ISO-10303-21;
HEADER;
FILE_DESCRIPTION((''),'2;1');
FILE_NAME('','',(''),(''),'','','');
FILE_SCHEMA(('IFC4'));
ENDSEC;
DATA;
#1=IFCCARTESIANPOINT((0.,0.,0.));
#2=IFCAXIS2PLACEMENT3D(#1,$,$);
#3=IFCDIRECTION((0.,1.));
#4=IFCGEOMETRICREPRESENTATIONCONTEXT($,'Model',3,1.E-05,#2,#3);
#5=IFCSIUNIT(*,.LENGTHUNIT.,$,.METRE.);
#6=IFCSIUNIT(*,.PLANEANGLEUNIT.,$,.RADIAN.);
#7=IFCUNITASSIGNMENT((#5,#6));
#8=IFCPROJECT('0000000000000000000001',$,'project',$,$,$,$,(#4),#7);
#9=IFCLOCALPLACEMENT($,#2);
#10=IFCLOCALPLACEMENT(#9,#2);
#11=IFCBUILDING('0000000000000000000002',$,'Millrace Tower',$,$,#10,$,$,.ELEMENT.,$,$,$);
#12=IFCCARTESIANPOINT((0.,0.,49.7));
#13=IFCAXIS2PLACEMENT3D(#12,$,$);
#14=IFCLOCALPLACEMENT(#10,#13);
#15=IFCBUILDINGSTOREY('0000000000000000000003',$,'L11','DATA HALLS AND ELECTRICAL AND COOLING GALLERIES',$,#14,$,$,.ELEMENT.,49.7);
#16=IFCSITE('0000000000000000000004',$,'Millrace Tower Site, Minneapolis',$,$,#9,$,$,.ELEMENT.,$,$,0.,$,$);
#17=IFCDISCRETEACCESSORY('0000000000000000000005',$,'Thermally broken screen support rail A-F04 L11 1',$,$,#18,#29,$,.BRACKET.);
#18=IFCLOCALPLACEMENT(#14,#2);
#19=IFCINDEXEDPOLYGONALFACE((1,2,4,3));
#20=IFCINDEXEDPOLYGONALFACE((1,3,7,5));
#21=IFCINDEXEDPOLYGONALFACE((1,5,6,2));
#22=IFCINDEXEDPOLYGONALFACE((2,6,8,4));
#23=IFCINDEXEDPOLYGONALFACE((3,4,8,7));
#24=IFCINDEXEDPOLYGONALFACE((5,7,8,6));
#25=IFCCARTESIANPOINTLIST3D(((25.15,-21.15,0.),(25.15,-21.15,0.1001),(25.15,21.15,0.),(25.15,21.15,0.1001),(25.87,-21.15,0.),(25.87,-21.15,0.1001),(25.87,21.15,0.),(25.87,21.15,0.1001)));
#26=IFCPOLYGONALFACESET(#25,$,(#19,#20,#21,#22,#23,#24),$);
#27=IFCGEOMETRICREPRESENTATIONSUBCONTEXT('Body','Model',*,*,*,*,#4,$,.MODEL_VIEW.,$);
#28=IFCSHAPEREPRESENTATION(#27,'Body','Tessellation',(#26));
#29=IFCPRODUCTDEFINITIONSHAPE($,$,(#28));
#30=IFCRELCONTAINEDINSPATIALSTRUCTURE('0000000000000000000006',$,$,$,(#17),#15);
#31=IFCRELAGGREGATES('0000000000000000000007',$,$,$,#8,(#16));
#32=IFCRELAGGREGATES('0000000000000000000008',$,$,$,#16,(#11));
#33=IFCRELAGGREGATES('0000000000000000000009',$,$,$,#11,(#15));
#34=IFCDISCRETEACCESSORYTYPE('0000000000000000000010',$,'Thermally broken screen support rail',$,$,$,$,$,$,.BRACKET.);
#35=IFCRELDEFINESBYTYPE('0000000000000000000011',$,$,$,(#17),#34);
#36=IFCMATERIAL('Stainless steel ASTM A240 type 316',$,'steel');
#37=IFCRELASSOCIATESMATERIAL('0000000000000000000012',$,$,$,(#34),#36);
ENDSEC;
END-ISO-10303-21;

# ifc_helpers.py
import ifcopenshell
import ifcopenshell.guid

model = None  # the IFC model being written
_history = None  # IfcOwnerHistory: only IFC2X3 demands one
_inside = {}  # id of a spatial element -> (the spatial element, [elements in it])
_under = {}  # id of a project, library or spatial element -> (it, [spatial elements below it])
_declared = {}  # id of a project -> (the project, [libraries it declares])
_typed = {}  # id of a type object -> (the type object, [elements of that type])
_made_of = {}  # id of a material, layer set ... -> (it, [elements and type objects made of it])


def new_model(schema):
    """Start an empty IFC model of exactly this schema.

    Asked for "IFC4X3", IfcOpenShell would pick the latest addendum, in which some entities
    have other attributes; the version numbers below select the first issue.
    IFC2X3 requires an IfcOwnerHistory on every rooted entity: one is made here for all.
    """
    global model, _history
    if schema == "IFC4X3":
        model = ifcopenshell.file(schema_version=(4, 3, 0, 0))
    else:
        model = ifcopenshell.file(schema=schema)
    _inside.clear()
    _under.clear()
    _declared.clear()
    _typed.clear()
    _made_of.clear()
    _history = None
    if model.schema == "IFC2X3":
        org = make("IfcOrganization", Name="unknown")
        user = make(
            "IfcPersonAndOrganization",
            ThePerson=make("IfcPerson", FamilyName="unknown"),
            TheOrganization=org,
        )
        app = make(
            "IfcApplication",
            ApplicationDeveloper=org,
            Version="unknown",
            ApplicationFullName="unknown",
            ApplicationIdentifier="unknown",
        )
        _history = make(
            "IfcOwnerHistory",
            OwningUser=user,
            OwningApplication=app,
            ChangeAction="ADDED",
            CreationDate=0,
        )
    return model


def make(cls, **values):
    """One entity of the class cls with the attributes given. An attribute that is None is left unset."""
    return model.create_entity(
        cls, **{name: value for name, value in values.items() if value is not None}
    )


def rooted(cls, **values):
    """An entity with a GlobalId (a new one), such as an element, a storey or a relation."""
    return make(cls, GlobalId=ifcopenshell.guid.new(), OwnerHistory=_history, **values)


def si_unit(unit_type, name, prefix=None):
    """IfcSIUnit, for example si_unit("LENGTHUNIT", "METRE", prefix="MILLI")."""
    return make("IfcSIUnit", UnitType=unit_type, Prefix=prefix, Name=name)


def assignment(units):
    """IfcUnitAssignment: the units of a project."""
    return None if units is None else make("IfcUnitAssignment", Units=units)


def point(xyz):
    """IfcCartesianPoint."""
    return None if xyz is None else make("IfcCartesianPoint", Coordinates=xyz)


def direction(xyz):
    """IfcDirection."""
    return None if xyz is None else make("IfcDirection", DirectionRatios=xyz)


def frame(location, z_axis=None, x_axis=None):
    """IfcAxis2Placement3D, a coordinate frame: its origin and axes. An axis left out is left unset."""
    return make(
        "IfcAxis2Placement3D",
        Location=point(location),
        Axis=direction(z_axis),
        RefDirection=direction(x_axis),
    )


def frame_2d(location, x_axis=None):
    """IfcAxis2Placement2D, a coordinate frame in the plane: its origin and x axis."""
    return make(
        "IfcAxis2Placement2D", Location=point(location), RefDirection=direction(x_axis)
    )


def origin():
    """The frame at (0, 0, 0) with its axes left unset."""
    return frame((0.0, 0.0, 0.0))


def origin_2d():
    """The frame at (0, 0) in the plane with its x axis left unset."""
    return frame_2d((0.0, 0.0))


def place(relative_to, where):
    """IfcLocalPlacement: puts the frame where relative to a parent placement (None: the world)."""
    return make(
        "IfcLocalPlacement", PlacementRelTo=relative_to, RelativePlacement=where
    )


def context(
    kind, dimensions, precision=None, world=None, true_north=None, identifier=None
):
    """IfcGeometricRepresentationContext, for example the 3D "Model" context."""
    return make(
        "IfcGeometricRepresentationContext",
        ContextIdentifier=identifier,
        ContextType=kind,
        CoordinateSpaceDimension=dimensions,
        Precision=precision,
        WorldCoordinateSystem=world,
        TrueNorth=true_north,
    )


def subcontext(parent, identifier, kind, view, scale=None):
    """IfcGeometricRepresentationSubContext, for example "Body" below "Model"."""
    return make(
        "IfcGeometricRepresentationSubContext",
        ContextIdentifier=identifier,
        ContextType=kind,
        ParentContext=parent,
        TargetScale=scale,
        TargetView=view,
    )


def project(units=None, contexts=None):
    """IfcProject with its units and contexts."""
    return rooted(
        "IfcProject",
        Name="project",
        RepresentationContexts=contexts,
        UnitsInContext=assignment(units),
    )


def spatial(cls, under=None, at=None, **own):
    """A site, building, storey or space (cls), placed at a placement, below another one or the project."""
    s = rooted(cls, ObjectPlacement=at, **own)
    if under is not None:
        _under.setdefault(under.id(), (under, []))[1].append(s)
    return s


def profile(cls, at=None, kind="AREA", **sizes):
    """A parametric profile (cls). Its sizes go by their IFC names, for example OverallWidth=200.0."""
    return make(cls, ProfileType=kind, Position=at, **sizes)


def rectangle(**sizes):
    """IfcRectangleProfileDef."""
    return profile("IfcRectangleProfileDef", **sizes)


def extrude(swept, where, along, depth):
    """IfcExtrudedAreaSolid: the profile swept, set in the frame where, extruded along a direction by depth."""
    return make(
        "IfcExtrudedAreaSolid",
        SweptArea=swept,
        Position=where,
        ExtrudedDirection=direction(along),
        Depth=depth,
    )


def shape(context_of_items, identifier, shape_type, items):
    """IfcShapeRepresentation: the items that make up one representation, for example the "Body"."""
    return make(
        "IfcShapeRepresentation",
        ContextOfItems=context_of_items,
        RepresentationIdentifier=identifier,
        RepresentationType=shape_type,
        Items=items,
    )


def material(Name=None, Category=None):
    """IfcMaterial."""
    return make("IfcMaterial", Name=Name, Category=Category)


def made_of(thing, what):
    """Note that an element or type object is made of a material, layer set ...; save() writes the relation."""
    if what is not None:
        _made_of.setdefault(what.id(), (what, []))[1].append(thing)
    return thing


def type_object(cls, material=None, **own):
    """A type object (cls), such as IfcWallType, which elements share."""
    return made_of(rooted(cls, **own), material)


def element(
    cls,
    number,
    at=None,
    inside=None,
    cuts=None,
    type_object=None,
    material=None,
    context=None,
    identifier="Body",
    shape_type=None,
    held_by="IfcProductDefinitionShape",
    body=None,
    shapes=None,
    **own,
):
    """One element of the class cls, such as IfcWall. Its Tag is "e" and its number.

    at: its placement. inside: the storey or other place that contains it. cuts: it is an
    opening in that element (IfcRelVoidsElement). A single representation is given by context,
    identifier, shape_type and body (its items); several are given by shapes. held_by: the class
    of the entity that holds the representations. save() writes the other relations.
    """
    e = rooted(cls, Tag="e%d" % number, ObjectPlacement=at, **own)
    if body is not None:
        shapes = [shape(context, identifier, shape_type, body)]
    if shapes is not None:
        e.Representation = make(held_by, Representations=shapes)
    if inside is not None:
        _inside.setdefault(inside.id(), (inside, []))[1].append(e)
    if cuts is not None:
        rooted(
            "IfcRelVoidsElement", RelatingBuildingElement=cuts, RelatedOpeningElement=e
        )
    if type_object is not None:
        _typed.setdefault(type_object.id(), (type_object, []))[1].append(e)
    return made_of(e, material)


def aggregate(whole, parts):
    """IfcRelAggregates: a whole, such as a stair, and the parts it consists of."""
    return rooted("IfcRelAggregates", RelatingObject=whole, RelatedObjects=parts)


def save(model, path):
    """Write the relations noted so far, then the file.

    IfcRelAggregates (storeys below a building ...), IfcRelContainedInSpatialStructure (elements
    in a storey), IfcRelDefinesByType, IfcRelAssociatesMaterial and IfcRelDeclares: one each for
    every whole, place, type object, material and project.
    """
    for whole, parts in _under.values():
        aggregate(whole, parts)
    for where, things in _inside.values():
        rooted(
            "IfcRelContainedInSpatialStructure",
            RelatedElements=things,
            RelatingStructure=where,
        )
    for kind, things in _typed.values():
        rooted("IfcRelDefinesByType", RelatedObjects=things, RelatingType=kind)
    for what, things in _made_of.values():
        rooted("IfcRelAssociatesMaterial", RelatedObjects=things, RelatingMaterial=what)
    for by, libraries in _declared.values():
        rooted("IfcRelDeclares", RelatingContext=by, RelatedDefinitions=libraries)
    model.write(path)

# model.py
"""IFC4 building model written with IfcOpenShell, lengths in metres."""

from ifc_helpers import new_model, si_unit, direction, frame, origin, origin_2d, place, context, subcontext, project, spatial, rectangle, extrude, material, type_object, element, save


model = new_model("IFC4")

# Units and contexts
model_context = context("Model", 3, precision=1e-05, world=origin(), true_north=direction((0.0, 1.0)))
body_context = subcontext(model_context, "Body", "Model", "MODEL_VIEW")
ifc_project = project(units=[si_unit("LENGTHUNIT", "METRE"), si_unit("PLANEANGLEUNIT", "RADIAN")], contexts=[model_context])

# Site, building, storey
site_placement = place(None, origin())
site = spatial("IfcSite", under=ifc_project, at=site_placement, Name="Millrace Tower Site, Minneapolis", CompositionType="ELEMENT", RefElevation=0.0)
building_placement = place(site_placement, origin())
building = spatial("IfcBuilding", under=site, at=building_placement, Name="Millrace Tower", CompositionType="ELEMENT")
storey_placement = place(building_placement, frame((0.0, 0.0, 49.7)))
storey = spatial("IfcBuildingStorey", under=building, at=storey_placement, Name="L11", Description="DATA HALLS AND ELECTRICAL AND COOLING GALLERIES", CompositionType="ELEMENT", Elevation=49.7)

# Discrete accessory
ifc_material_1 = material(Name="Stainless steel ASTM A240 type 316", Category="steel")
discrete_accessory_type = type_object("IfcDiscreteAccessoryType", Name="Thermally broken screen support rail", PredefinedType="BRACKET", material=ifc_material_1)
discrete_accessory_placement = place(storey_placement, frame((25.51, 0.0, 0.0), z_axis=(0.0, 0.0, 1.0), x_axis=(0.0, 1.0, 0.0)))
element("IfcDiscreteAccessory", 1, at=discrete_accessory_placement, inside=storey, type_object=discrete_accessory_type, Name="Thermally broken screen support rail A-F04 L11 1", PredefinedType="BRACKET", context=body_context, shape_type="SweptSolid", body=[
    extrude(rectangle(XDim=42.3, YDim=0.72, at=origin_2d()), origin(), (0.0, 0.0, 1.0), 0.1001),
])

save(model, "model.ifc")
